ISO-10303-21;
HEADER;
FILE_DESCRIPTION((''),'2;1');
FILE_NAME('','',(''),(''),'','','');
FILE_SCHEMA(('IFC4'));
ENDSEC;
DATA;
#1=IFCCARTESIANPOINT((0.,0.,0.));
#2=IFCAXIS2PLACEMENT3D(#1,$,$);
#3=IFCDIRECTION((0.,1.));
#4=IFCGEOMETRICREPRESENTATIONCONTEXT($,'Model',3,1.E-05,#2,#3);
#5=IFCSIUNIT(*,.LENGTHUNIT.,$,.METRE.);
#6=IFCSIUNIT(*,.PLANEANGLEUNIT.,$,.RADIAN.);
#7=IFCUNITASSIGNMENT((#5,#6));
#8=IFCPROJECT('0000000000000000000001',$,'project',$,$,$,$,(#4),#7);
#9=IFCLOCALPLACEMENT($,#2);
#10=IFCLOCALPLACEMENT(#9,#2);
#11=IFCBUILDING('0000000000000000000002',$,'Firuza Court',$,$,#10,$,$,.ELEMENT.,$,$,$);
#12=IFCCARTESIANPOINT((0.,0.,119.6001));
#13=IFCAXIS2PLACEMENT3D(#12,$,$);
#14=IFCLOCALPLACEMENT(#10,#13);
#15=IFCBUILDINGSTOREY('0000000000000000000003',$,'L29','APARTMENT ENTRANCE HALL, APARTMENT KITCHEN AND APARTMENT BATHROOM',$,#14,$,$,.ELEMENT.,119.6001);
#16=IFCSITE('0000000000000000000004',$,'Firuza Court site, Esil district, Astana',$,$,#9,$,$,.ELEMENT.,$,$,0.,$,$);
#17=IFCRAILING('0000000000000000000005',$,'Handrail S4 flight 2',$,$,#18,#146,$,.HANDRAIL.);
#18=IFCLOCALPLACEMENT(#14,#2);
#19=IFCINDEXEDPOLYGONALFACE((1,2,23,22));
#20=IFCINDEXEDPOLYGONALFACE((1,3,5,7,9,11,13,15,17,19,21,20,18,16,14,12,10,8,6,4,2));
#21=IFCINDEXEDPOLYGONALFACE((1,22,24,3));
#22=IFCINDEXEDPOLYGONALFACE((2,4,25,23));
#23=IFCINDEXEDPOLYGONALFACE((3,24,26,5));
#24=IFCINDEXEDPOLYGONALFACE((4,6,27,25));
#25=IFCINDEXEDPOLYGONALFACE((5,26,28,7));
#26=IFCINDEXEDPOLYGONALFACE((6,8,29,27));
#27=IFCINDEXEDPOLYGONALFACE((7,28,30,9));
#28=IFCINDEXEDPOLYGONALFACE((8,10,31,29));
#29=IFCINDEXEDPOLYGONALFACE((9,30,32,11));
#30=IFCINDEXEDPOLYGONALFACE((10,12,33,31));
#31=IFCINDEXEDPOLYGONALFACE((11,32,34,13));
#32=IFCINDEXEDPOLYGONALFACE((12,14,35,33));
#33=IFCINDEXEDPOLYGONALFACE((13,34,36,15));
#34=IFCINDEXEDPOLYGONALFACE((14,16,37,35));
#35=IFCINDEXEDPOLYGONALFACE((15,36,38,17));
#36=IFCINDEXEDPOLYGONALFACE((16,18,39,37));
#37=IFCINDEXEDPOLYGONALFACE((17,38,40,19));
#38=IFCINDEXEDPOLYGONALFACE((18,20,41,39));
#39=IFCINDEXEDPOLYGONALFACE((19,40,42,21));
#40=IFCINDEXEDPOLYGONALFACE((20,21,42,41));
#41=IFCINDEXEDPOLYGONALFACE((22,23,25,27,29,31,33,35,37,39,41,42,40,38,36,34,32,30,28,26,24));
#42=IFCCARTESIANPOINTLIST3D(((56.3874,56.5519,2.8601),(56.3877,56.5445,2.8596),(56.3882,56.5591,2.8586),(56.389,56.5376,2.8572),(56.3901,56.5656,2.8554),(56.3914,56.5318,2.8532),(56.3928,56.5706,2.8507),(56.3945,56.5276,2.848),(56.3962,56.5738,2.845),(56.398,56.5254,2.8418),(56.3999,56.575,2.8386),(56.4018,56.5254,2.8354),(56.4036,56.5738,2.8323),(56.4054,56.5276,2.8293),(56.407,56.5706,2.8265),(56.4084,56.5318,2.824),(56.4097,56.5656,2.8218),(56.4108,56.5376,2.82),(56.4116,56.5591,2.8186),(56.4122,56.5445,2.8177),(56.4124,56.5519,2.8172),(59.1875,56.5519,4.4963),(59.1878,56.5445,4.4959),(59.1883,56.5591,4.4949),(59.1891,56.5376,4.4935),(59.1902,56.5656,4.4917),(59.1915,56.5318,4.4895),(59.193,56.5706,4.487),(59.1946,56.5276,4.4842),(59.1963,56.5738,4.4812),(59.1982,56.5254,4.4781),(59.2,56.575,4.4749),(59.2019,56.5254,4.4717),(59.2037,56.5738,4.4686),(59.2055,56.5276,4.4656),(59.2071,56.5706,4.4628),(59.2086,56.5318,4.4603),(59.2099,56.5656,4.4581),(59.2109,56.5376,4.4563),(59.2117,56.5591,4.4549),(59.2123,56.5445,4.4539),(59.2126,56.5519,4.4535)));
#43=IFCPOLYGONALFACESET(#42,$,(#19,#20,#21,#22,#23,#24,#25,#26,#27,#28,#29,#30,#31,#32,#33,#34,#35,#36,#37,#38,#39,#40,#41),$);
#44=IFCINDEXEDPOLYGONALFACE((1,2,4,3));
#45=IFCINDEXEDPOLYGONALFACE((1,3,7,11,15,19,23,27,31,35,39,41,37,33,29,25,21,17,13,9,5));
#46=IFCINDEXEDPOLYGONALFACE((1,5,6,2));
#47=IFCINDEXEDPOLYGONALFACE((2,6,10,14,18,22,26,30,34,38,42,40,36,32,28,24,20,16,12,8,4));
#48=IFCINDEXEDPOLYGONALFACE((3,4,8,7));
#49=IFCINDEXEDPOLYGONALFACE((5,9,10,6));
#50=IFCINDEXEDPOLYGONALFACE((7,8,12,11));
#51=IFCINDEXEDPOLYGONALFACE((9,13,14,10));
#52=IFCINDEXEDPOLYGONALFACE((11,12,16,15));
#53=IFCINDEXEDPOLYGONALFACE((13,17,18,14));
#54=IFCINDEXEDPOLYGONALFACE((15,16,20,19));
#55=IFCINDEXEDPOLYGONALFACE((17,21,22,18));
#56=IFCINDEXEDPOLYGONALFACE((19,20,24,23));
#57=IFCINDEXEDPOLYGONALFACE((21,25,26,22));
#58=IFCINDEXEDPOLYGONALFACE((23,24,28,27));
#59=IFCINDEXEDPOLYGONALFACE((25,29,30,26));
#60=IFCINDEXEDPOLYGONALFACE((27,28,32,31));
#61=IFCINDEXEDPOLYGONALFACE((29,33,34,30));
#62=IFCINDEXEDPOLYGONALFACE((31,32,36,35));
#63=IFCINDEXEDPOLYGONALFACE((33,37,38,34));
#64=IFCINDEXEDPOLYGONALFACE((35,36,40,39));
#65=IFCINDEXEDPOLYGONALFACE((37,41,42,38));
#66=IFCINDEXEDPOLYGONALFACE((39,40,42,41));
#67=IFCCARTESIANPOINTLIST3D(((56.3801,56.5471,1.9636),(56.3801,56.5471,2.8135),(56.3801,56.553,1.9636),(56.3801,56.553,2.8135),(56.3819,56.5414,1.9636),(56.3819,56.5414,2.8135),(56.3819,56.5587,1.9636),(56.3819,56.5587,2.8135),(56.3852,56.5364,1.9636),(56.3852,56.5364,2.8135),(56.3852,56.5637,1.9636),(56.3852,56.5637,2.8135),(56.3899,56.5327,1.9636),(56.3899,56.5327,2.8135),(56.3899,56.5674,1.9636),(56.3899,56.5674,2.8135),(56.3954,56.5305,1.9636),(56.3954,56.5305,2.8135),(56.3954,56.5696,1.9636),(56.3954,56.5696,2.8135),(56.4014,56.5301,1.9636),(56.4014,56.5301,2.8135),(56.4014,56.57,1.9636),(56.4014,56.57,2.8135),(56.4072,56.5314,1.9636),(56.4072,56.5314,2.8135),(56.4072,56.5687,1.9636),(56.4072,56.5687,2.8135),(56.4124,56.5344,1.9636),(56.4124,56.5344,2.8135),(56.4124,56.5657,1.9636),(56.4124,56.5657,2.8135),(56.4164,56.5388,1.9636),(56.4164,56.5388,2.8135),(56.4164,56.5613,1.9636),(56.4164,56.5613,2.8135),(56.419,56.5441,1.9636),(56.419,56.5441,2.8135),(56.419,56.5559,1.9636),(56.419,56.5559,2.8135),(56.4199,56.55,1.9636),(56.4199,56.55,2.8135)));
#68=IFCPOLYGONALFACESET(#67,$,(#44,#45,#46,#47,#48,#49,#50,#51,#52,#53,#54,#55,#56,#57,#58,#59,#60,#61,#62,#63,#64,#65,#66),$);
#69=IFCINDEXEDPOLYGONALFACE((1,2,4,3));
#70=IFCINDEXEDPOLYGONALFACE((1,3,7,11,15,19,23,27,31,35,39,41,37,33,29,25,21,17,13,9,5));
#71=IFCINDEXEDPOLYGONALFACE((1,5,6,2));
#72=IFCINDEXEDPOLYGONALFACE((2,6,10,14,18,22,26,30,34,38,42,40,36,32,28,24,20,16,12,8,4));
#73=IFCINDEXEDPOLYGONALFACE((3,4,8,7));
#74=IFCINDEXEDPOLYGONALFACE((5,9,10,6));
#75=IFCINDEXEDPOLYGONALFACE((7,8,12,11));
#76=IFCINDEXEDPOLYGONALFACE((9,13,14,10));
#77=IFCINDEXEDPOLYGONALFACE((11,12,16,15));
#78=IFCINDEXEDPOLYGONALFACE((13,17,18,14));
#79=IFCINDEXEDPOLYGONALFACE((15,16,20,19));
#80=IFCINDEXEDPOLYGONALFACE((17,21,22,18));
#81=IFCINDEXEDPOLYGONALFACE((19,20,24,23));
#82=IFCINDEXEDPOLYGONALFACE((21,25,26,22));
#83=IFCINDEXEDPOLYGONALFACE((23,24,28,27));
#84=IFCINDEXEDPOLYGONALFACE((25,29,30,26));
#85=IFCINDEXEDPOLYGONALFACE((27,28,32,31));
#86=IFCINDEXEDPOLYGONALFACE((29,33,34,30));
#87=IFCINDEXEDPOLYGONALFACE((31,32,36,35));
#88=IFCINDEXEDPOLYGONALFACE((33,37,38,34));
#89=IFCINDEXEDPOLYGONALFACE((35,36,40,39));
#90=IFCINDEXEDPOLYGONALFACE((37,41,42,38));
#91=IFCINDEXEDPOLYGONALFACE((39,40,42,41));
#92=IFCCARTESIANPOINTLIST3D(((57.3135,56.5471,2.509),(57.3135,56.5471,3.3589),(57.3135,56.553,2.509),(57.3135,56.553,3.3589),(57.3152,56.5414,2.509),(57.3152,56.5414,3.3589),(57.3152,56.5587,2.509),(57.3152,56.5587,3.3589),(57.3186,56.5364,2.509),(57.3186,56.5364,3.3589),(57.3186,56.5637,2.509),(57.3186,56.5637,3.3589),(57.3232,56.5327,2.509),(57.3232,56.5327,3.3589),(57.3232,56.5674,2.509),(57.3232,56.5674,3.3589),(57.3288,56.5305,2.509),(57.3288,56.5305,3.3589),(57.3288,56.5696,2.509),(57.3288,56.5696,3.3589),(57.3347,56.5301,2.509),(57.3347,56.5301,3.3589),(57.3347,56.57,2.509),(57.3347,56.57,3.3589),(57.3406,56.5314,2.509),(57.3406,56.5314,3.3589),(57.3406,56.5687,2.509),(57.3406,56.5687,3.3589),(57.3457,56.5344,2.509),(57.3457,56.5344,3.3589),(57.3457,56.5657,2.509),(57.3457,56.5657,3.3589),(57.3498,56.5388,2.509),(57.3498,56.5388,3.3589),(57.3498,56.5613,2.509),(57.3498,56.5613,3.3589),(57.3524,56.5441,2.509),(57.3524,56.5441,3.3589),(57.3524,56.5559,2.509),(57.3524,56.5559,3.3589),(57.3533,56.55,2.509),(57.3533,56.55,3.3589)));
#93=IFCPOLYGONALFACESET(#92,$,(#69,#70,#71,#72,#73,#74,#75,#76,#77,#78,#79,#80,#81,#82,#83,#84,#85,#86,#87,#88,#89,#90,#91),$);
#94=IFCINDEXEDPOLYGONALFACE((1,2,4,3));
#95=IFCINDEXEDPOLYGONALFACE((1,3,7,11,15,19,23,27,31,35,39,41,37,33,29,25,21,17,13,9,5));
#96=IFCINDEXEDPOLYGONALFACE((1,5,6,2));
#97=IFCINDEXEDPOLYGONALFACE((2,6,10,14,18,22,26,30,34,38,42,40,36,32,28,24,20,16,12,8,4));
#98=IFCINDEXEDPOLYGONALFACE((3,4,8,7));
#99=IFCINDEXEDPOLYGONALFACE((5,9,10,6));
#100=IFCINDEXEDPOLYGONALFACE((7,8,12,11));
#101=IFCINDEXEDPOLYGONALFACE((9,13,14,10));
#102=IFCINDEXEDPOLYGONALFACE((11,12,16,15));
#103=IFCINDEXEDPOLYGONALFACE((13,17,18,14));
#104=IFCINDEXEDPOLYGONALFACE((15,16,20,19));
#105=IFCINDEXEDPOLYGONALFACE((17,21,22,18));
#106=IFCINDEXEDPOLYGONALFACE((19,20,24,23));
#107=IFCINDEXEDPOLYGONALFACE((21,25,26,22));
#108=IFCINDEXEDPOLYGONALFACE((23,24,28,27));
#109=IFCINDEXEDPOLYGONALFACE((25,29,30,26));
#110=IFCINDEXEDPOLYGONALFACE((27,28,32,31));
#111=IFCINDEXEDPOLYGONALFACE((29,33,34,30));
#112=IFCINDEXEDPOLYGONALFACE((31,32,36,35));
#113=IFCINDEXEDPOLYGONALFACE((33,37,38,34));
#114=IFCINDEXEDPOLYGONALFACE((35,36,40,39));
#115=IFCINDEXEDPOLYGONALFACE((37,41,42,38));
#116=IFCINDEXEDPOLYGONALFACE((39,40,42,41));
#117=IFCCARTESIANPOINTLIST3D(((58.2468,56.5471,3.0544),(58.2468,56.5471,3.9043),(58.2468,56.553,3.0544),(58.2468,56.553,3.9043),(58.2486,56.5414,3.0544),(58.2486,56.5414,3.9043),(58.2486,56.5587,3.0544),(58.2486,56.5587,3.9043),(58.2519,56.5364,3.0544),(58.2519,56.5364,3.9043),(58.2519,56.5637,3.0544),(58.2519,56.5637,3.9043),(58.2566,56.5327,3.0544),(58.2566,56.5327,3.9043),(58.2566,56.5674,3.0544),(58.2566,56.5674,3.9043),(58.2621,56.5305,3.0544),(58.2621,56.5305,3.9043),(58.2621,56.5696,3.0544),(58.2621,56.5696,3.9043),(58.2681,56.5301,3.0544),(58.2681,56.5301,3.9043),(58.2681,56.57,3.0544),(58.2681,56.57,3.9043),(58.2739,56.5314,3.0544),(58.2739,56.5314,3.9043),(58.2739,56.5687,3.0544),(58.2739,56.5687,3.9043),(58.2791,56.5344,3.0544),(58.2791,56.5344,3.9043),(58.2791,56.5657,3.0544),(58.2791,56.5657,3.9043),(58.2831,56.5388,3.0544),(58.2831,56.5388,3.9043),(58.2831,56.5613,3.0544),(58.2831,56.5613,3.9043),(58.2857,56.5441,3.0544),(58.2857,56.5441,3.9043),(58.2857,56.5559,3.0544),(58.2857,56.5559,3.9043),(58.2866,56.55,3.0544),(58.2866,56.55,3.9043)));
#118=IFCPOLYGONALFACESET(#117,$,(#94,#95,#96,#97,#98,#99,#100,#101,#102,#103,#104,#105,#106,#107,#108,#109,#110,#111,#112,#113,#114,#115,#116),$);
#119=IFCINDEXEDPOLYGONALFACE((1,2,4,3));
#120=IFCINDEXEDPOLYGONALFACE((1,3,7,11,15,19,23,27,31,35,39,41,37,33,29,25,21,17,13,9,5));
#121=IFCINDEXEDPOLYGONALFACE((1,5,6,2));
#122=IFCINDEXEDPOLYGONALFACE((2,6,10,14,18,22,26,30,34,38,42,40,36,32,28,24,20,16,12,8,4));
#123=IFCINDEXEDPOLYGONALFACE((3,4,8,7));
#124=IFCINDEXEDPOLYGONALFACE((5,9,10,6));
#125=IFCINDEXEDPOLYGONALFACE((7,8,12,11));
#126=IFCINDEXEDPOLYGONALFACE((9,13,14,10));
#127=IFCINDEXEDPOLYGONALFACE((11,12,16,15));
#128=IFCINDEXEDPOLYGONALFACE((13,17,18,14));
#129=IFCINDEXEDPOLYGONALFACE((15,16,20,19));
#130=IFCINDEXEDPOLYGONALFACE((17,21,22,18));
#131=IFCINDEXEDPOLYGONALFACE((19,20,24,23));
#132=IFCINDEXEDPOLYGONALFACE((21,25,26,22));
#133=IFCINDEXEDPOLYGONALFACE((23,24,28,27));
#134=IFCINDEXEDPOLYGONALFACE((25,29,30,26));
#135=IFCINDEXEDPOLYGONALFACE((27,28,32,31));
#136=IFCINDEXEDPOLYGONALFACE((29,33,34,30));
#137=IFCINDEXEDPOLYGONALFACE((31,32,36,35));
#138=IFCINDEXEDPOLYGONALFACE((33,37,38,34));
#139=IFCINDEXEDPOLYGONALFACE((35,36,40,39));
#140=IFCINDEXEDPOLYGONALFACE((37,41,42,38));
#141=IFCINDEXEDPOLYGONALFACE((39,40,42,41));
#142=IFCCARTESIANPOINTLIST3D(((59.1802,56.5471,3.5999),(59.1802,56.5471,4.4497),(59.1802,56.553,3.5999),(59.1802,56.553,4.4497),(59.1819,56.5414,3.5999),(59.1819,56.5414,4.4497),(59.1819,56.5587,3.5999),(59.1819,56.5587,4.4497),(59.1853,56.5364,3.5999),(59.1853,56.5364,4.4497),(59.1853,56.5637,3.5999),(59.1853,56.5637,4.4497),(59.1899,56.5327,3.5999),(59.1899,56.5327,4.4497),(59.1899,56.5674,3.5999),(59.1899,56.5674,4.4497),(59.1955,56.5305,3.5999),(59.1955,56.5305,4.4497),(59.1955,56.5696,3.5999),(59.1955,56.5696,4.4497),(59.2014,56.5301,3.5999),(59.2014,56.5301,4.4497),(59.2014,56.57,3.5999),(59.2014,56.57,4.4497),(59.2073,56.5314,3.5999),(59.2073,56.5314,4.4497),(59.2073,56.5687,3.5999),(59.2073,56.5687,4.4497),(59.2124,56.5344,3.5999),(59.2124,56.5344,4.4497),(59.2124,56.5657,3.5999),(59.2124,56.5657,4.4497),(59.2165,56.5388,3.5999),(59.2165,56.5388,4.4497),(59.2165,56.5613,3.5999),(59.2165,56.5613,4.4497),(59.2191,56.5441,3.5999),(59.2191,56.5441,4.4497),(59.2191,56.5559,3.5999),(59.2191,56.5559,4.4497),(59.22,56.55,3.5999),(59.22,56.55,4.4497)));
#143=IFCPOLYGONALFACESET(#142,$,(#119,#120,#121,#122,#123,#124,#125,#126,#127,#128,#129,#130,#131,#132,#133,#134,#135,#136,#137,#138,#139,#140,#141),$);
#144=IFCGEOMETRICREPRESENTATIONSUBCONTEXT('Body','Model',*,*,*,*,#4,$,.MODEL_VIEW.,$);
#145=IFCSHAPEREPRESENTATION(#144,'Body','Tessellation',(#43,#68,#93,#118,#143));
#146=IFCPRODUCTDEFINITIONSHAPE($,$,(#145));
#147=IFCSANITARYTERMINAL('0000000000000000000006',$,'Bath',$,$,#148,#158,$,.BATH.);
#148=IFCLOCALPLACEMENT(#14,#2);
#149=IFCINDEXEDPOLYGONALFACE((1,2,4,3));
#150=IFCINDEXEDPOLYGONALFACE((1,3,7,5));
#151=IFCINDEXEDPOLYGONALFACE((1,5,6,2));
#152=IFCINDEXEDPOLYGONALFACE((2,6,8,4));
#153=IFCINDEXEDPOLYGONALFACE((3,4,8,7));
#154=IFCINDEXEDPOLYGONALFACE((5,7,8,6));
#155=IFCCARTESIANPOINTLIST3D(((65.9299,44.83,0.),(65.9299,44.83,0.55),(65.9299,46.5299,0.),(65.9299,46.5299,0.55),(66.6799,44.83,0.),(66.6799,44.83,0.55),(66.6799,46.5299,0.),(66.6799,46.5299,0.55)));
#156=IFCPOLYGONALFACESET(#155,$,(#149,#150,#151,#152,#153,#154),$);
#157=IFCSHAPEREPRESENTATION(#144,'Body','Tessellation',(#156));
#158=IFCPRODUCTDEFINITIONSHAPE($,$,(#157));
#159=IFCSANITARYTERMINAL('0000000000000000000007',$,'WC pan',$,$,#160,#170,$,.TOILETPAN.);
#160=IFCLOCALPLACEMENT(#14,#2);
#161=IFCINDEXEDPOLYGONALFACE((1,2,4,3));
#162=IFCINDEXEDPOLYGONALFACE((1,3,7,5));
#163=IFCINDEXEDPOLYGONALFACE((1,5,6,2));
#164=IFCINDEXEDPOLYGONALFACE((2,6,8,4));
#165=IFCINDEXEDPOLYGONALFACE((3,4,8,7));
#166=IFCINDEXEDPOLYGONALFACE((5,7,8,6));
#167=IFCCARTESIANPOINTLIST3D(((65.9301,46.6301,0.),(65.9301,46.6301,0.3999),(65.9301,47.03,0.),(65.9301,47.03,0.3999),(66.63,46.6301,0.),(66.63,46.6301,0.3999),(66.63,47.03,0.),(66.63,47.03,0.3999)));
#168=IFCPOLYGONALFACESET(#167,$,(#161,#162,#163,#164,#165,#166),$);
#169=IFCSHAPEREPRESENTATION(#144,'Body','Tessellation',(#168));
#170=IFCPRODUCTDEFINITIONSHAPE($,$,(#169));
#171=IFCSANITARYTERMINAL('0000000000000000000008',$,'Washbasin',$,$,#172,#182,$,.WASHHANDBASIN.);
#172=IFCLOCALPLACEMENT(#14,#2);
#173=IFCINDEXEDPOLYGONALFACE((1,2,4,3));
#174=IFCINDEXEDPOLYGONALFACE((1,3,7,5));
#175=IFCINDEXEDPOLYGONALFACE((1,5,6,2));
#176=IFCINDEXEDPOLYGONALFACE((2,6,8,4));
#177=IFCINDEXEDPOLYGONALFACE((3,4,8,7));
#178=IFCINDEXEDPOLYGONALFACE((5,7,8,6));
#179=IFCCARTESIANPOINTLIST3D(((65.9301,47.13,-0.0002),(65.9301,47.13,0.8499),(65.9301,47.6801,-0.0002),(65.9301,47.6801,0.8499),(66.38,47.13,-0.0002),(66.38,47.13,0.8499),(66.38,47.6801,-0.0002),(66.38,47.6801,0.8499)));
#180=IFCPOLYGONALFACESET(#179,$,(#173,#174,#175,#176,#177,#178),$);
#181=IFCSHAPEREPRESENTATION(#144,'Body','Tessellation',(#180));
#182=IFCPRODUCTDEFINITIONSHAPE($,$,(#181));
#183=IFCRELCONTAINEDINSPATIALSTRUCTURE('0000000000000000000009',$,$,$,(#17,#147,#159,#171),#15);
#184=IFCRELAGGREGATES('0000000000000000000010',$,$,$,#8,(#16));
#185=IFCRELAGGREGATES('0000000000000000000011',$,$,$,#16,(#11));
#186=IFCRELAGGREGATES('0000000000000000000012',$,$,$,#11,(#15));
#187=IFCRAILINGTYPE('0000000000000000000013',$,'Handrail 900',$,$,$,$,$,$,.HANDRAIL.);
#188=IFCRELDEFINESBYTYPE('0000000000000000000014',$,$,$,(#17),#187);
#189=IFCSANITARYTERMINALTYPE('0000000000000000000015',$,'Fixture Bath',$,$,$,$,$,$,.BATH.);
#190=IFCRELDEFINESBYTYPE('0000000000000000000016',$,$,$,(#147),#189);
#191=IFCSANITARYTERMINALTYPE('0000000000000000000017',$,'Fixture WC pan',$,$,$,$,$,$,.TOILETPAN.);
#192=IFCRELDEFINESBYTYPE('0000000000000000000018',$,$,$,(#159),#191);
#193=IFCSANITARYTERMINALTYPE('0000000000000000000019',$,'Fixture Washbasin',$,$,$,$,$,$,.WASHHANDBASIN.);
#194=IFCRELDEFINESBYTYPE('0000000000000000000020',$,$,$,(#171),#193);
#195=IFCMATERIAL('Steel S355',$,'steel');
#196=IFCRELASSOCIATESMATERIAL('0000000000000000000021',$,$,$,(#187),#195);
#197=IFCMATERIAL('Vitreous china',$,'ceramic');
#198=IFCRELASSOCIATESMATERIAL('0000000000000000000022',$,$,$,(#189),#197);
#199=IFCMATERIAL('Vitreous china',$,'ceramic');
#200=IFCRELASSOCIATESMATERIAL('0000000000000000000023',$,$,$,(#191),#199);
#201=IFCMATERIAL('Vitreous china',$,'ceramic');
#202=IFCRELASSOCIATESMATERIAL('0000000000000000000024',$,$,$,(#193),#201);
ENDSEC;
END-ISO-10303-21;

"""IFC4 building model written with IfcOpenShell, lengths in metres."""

from ifc_helpers import new_model, si_unit, direction, frame, origin, origin_2d, place, context, subcontext, project, spatial, rectangle, circle, extrude, material, type_object, element, save


model = new_model("IFC4")

# Units and contexts
model_context = context("Model", 3, precision=1e-05, world=origin(), true_north=direction((0.0, 1.0)))
body_context = subcontext(model_context, "Body", "Model", "MODEL_VIEW")
ifc_project = project(units=[si_unit("LENGTHUNIT", "METRE"), si_unit("PLANEANGLEUNIT", "RADIAN")], contexts=[model_context])

# Site, building, storey
site_placement = place(None, origin())
site = spatial("IfcSite", under=ifc_project, at=site_placement, Name="Firuza Court site, Esil district, Astana", CompositionType="ELEMENT", RefElevation=0.0)
building_placement = place(site_placement, origin())
building = spatial("IfcBuilding", under=site, at=building_placement, Name="Firuza Court", CompositionType="ELEMENT")
storey_placement = place(building_placement, frame((0.0, 0.0, 119.6001)))
storey = spatial("IfcBuildingStorey", under=building, at=storey_placement, Name="L29", Description="APARTMENT ENTRANCE HALL, APARTMENT KITCHEN AND APARTMENT BATHROOM", CompositionType="ELEMENT", Elevation=119.6001)

# Railing
ifc_material_1 = material(Name="Steel S355", Category="steel")
railing_type_1 = type_object("IfcRailingType", Name="Handrail 900", PredefinedType="HANDRAIL", material=ifc_material_1)
railing_1_placement = place(storey_placement, frame((56.3999, 56.55, 1.9636)))
element("IfcRailing", 1, at=railing_1_placement, inside=storey, type_object=railing_type_1, Name="Handrail S4 flight 2", PredefinedType="HANDRAIL", context=body_context, shape_type="SweptSolid", body=[
    extrude(circle(Radius=0.0249, at=origin_2d()), frame((0.0, 0.0, 0.875), z_axis=(0.863394, 0.0, 0.504531), x_axis=(0.0, 1.0, 0.0)), (0.0, 0.0, 1.0), 3.2432),
    extrude(circle(Radius=0.02, at=origin_2d()), origin(), (0.0, 0.0, 1.0), 0.8499),
    extrude(circle(Radius=0.02, at=origin_2d()), frame((0.9333, 0.0, 0.5454)), (0.0, 0.0, 1.0), 0.8499),
    extrude(circle(Radius=0.02, at=origin_2d()), frame((1.8667, 0.0, 1.0908)), (0.0, 0.0, 1.0), 0.8499),
    extrude(circle(Radius=0.02, at=origin_2d()), frame((2.8, 0.0, 1.6362)), (0.0, 0.0, 1.0), 0.8499),
])

# Sanitary terminals
ifc_material_2 = material(Name="Vitreous china", Category="ceramic")
sanitary_terminal_type_1 = type_object("IfcSanitaryTerminalType", Name="Fixture Bath", PredefinedType="BATH", material=ifc_material_2)
sanitary_terminal_1_placement = place(storey_placement, frame((66.3049, 45.6799, 0.0), z_axis=(0.0, 0.0, 1.0), x_axis=(1.0, 0.0, 0.0)))
element("IfcSanitaryTerminal", 2, at=sanitary_terminal_1_placement, inside=storey, type_object=sanitary_terminal_type_1, Name="Bath", PredefinedType="BATH", context=body_context, shape_type="SweptSolid", body=[
    extrude(rectangle(XDim=0.75, YDim=1.7, at=origin_2d()), origin(), (0.0, 0.0, 1.0), 0.55),
])
ifc_material_3 = material(Name="Vitreous china", Category="ceramic")
sanitary_terminal_type_2 = type_object("IfcSanitaryTerminalType", Name="Fixture WC pan", PredefinedType="TOILETPAN", material=ifc_material_3)
sanitary_terminal_2_placement = place(storey_placement, frame((66.28, 46.8301, 0.0), z_axis=(0.0, 0.0, 1.0), x_axis=(1.0, 0.0, 0.0)))
element("IfcSanitaryTerminal", 3, at=sanitary_terminal_2_placement, inside=storey, type_object=sanitary_terminal_type_2, Name="WC pan", PredefinedType="TOILETPAN", context=body_context, shape_type="SweptSolid", body=[
    extrude(rectangle(XDim=0.7, YDim=0.3999, at=origin_2d()), origin(), (0.0, 0.0, 1.0), 0.3999),
])
ifc_material_4 = material(Name="Vitreous china", Category="ceramic")
sanitary_terminal_type_3 = type_object("IfcSanitaryTerminalType", Name="Fixture Washbasin", PredefinedType="WASHHANDBASIN", material=ifc_material_4)
sanitary_terminal_3_placement = place(storey_placement, frame((66.155, 47.405, -0.0002), z_axis=(0.0, 0.0, 1.0), x_axis=(1.0, 0.0, 0.0)))
element("IfcSanitaryTerminal", 4, at=sanitary_terminal_3_placement, inside=storey, type_object=sanitary_terminal_type_3, Name="Washbasin", PredefinedType="WASHHANDBASIN", context=body_context, shape_type="SweptSolid", body=[
    extrude(rectangle(XDim=0.45, YDim=0.55, at=origin_2d()), origin(), (0.0, 0.0, 1.0), 0.8501),
])

save(model, "model.ifc")
